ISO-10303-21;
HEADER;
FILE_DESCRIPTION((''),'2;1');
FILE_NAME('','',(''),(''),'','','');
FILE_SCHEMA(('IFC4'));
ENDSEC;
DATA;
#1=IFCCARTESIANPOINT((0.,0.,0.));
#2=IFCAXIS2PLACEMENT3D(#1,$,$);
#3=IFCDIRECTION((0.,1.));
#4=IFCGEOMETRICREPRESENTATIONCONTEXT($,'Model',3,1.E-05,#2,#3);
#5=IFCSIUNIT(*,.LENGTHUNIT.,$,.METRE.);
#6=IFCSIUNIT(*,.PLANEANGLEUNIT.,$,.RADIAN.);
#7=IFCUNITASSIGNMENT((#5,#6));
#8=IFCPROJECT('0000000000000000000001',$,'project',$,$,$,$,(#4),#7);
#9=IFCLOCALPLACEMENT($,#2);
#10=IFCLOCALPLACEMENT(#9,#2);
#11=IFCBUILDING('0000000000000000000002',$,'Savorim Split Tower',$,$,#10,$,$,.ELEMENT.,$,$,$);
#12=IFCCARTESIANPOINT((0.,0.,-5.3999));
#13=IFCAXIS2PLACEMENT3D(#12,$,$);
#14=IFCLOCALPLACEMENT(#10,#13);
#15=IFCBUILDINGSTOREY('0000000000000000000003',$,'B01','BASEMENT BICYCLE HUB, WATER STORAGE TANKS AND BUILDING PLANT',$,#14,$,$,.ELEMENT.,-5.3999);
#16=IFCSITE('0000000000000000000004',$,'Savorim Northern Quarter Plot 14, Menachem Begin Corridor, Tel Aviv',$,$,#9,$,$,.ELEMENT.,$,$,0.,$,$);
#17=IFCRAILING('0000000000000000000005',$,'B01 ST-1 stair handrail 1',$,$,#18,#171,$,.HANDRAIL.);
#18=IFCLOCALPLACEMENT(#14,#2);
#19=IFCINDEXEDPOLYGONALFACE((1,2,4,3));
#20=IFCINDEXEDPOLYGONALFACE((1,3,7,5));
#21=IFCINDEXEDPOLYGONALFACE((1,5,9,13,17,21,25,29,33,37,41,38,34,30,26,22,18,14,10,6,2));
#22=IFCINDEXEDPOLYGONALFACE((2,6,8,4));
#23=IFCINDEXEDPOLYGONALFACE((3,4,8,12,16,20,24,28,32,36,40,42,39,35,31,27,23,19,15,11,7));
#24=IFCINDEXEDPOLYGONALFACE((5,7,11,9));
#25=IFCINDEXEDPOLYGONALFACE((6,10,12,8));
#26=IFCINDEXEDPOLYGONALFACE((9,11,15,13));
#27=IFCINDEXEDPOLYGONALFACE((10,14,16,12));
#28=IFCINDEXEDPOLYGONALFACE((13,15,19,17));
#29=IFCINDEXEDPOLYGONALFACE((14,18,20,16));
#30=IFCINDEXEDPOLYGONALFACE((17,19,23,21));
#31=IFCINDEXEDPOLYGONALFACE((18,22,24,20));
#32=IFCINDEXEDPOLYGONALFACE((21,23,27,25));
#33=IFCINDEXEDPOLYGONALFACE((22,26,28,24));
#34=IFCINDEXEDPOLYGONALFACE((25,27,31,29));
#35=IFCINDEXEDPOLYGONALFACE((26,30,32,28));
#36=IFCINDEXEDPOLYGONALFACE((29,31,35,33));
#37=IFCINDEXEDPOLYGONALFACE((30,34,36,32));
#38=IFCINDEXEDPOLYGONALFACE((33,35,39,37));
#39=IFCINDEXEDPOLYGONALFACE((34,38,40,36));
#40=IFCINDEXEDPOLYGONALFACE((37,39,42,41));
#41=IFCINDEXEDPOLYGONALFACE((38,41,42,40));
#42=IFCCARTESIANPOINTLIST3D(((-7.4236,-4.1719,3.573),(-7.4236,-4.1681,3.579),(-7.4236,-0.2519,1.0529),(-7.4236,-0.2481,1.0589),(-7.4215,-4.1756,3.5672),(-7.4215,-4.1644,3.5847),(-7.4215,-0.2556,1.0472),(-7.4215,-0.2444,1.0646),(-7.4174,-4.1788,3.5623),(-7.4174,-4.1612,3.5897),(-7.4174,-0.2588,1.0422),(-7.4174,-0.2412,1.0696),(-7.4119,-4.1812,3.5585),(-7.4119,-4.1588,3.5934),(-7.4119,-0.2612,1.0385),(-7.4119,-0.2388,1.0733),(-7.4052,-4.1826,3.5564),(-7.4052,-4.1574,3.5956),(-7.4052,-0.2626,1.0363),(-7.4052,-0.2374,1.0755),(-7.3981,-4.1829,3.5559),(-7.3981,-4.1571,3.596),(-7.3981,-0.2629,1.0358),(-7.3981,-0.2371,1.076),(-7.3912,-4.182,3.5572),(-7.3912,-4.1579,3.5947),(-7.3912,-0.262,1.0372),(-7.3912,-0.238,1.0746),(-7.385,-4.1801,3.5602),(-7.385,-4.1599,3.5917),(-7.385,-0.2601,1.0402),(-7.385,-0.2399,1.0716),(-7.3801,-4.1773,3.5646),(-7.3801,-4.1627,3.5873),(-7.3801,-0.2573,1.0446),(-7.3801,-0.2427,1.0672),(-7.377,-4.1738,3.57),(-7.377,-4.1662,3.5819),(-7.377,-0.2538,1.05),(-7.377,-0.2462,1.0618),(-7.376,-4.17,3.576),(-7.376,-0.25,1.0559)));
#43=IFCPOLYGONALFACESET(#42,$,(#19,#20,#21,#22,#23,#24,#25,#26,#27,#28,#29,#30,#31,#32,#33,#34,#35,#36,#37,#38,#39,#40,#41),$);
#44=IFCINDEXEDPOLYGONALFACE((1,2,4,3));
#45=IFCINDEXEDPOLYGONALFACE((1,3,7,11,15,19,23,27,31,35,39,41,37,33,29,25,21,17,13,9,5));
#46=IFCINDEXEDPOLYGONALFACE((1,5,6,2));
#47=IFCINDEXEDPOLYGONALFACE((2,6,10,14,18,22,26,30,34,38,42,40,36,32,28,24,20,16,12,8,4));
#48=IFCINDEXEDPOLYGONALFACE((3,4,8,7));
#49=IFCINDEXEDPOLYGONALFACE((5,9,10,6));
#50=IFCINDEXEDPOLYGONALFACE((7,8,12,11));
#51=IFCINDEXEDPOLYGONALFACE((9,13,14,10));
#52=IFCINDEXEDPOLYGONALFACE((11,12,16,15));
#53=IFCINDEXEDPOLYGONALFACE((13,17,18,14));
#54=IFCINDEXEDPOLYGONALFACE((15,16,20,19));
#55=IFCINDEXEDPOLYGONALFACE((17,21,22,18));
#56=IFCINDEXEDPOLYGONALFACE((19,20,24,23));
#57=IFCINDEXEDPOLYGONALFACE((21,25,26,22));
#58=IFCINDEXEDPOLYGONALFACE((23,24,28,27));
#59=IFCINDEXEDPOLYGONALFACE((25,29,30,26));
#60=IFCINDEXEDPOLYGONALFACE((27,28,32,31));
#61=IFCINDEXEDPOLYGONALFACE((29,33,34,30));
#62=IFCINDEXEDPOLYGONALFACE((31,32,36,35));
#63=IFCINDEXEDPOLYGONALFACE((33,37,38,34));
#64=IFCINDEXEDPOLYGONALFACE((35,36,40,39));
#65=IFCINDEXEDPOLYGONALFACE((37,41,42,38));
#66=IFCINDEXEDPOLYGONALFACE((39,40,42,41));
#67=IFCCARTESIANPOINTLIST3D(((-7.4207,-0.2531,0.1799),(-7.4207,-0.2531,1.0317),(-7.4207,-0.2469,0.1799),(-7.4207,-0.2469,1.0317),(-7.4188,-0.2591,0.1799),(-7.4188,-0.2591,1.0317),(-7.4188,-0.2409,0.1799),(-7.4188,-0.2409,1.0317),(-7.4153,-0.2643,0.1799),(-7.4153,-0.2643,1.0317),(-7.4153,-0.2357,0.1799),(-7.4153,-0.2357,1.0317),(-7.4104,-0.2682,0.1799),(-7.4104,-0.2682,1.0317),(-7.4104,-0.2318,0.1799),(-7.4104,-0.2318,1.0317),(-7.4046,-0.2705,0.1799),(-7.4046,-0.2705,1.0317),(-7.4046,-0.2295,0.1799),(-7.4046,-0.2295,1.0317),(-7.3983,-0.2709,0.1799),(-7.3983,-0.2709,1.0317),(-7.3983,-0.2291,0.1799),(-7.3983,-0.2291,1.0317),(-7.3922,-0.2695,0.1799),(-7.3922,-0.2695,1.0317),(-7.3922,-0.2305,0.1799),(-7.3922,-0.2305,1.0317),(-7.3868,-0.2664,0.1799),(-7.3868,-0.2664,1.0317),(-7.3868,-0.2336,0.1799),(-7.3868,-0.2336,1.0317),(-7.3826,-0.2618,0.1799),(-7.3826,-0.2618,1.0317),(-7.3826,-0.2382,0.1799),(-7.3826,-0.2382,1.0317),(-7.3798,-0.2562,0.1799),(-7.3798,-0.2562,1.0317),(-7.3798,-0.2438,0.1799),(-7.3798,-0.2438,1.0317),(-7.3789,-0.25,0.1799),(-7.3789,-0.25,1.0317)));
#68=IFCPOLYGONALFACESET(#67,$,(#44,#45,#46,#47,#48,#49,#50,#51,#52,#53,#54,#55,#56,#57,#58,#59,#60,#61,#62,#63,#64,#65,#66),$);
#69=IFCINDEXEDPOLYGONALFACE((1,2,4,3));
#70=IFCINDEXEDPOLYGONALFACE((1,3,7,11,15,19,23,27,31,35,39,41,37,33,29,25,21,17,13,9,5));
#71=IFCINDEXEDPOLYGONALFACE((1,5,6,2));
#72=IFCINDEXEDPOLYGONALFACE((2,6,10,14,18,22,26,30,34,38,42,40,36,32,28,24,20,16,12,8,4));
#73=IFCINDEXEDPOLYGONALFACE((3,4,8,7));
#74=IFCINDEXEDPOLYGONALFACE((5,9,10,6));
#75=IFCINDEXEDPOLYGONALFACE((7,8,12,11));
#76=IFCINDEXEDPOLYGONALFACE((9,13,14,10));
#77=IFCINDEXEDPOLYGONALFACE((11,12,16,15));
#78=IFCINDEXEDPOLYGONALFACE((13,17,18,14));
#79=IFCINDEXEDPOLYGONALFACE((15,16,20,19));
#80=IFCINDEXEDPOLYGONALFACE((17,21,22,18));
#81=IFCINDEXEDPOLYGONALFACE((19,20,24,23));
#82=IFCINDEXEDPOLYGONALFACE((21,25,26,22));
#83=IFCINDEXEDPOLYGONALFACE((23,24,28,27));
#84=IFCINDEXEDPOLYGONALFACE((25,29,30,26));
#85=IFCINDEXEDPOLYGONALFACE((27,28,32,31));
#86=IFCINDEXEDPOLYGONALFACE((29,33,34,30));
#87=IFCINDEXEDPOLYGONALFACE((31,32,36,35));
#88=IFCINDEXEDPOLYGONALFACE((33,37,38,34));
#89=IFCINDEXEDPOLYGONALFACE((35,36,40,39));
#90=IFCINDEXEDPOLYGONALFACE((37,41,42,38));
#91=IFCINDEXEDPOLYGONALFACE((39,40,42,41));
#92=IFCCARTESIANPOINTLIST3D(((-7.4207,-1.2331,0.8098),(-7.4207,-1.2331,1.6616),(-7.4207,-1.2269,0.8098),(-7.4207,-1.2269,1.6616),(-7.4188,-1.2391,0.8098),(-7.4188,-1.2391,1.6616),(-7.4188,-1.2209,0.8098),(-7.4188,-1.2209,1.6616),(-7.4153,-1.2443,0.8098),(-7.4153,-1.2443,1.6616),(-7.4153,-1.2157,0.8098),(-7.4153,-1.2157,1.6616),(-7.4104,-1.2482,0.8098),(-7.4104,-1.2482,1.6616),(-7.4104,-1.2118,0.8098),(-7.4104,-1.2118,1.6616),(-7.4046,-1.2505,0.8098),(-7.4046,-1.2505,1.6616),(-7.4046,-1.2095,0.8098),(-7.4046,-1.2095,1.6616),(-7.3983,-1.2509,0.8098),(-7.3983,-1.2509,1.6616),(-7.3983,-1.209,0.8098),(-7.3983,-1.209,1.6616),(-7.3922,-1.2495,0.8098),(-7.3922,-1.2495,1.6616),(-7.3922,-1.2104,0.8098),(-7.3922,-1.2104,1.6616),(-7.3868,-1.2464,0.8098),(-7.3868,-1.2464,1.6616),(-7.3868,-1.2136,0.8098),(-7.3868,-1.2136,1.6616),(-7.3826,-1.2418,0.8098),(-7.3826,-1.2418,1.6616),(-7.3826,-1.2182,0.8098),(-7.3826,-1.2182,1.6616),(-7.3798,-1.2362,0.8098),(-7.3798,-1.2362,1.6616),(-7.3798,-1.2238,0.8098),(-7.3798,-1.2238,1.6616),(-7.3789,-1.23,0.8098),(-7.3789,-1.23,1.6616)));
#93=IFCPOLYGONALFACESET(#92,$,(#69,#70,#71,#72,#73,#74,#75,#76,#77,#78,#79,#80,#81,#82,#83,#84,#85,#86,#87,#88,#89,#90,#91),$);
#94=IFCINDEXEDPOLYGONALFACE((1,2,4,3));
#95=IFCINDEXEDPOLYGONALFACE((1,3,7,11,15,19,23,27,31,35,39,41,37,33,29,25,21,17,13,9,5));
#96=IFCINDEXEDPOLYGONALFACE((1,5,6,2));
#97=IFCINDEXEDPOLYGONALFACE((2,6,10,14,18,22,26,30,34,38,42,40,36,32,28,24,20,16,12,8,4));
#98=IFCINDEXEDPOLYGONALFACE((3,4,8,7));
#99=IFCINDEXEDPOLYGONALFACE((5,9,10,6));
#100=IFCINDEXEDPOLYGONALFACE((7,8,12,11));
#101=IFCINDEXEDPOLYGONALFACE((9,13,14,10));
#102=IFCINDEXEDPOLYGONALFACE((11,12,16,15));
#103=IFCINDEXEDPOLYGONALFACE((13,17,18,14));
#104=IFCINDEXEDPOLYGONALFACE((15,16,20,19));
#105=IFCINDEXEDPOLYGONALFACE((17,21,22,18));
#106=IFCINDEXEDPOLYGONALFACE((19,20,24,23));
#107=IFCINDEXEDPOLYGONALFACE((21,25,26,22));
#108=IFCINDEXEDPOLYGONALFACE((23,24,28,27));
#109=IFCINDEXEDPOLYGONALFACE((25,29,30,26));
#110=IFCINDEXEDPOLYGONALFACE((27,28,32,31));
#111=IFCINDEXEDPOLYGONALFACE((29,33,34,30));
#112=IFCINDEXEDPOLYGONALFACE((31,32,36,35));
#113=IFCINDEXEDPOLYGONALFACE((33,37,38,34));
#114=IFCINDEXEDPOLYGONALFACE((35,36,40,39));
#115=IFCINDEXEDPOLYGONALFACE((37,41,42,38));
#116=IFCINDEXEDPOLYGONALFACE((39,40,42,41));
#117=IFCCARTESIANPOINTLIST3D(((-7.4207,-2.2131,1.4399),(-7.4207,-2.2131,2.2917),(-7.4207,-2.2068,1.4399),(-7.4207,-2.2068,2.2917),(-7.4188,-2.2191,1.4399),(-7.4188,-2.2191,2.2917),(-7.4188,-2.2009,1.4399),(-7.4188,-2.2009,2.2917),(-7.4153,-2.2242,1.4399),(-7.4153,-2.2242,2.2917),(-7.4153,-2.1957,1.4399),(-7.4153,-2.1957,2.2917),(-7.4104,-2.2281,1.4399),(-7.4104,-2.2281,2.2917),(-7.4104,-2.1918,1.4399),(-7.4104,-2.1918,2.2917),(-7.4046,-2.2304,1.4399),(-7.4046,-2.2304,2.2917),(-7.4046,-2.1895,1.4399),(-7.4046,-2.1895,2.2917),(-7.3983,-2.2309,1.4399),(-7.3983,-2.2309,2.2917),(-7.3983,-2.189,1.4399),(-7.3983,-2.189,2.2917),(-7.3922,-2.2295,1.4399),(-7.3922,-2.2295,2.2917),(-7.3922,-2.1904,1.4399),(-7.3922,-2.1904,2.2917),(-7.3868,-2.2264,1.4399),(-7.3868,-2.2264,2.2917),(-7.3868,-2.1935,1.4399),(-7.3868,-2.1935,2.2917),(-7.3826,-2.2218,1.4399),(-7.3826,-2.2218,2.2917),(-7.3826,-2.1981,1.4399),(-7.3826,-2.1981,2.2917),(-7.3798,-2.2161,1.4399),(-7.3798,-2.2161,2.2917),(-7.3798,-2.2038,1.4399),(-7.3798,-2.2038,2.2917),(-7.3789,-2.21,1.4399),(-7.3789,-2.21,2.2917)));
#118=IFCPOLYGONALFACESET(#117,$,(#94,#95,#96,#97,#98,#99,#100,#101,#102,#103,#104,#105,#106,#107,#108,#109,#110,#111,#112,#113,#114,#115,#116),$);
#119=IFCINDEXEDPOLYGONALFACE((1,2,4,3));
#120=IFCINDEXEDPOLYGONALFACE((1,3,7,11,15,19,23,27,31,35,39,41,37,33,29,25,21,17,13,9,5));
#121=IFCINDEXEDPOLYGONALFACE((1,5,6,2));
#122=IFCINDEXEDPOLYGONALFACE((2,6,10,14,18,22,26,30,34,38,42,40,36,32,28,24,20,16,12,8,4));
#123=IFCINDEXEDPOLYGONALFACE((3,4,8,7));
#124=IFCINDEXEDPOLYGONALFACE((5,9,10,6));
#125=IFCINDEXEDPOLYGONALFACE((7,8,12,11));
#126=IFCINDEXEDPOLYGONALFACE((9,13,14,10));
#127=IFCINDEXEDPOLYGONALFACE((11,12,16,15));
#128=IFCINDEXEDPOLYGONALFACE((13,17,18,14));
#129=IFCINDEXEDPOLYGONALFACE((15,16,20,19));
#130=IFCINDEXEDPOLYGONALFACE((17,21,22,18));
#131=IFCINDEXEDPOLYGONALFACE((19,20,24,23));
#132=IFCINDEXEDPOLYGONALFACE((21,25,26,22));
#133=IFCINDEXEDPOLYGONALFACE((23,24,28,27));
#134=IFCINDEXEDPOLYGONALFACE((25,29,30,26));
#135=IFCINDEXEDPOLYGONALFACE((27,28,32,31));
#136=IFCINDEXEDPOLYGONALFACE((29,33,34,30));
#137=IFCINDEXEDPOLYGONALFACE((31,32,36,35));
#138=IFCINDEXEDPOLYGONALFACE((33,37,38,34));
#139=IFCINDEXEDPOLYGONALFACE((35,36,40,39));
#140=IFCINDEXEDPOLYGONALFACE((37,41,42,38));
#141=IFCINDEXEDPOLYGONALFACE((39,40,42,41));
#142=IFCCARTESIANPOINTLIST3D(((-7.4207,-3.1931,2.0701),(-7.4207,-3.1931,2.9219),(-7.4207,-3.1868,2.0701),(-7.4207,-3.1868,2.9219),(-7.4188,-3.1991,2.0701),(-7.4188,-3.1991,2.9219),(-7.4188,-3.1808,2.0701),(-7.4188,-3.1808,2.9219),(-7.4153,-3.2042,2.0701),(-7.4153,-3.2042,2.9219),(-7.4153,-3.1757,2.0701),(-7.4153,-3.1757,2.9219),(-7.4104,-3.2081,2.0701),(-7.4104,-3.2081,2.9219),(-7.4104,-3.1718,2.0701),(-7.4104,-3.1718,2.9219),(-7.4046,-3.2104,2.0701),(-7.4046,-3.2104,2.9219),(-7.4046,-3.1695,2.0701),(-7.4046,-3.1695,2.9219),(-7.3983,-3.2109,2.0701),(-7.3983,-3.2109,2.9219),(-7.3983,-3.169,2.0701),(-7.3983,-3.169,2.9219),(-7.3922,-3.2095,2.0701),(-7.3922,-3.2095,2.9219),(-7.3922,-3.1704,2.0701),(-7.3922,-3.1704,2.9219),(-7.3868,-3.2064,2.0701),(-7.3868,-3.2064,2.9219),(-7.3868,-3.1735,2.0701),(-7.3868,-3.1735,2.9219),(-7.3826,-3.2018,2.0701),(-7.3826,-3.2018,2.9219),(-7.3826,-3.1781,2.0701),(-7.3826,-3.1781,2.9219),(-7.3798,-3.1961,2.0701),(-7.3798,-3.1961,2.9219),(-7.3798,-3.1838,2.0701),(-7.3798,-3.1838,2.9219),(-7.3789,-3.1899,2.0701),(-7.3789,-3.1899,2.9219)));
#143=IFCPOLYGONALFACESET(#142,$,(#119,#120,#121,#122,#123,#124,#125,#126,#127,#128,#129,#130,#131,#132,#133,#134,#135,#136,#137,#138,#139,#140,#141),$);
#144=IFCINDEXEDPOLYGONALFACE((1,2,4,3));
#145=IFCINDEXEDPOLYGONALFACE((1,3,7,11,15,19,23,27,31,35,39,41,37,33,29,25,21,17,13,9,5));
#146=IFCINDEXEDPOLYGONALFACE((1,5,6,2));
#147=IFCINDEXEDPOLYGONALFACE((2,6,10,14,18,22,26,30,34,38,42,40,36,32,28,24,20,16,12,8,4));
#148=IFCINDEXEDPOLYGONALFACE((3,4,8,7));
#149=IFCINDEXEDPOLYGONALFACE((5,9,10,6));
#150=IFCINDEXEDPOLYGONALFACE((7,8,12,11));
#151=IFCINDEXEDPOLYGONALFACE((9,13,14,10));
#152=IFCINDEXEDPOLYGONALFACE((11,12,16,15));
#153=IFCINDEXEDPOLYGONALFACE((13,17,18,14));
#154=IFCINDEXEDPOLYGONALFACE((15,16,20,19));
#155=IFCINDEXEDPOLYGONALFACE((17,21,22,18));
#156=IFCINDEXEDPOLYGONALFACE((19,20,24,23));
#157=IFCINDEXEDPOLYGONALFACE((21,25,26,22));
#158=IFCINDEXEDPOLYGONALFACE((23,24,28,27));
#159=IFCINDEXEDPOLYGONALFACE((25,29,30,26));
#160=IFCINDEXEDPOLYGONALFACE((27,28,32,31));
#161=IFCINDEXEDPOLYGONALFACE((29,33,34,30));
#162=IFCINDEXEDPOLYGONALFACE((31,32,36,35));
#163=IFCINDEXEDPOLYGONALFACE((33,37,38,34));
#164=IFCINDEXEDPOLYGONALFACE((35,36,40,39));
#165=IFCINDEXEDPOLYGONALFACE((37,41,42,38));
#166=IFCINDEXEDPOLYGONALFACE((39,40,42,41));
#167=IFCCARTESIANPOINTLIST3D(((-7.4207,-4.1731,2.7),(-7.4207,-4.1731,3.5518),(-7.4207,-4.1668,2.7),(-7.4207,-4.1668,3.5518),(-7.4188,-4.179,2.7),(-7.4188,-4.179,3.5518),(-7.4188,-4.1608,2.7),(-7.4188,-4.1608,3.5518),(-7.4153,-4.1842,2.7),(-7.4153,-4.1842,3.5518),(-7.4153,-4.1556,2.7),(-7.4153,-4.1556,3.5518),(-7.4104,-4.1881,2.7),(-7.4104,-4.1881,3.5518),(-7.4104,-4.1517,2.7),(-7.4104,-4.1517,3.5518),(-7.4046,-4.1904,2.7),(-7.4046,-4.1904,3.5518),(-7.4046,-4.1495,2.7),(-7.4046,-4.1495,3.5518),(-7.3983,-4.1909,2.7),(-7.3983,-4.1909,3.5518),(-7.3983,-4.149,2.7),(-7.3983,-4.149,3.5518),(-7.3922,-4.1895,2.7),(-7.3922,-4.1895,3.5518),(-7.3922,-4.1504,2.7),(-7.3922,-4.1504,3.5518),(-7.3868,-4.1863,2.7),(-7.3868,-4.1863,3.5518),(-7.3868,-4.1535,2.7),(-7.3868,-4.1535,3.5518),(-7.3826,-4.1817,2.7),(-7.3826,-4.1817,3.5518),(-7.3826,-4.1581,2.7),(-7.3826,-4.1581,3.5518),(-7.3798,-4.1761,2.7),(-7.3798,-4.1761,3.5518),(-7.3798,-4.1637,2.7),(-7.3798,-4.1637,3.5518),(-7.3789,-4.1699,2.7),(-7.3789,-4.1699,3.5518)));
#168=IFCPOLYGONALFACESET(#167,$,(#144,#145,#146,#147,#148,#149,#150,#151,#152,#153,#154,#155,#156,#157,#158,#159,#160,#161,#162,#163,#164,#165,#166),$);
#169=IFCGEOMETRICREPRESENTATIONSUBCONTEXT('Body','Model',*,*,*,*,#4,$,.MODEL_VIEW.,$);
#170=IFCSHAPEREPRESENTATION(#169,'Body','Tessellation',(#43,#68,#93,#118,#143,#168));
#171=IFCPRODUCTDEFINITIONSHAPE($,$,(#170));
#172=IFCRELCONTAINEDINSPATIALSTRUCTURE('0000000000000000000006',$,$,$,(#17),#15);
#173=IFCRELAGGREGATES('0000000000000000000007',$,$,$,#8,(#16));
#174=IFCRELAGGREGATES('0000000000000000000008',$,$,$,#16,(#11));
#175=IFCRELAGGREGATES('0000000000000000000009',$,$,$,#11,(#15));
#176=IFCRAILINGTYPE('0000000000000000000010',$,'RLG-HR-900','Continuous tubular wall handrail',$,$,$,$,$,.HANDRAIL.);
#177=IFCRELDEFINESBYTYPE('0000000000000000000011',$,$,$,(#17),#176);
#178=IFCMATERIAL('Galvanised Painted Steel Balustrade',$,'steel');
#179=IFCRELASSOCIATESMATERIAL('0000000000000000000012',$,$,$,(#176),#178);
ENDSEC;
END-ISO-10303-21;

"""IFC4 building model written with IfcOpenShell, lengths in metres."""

from ifc_helpers import new_model, si_unit, direction, frame, origin, origin_2d, place, context, subcontext, project, spatial, circle, extrude, material, type_object, element, save


model = new_model("IFC4")

# Units and contexts
model_context = context("Model", 3, precision=1e-05, world=origin(), true_north=direction((0.0, 1.0)))
body_context = subcontext(model_context, "Body", "Model", "MODEL_VIEW")
ifc_project = project(units=[si_unit("LENGTHUNIT", "METRE"), si_unit("PLANEANGLEUNIT", "RADIAN")], contexts=[model_context])

# Site, building, storey
site_placement = place(None, origin())
site = spatial("IfcSite", under=ifc_project, at=site_placement, Name="Savorim Northern Quarter Plot 14, Menachem Begin Corridor, Tel Aviv", CompositionType="ELEMENT", RefElevation=0.0)
building_placement = place(site_placement, origin())
building = spatial("IfcBuilding", under=site, at=building_placement, Name="Savorim Split Tower", CompositionType="ELEMENT")
storey_placement = place(building_placement, frame((0.0, 0.0, -5.3999)))
storey = spatial("IfcBuildingStorey", under=building, at=storey_placement, Name="B01", Description="BASEMENT BICYCLE HUB, WATER STORAGE TANKS AND BUILDING PLANT", CompositionType="ELEMENT", Elevation=-5.3999)

# Railing
ifc_material_1 = material(Name="Galvanised Painted Steel Balustrade", Category="steel")
railing_type_1 = type_object("IfcRailingType", Name="RLG-HR-900", Description="Continuous tubular wall handrail", PredefinedType="HANDRAIL", material=ifc_material_1)
railing_1_placement = place(storey_placement, frame((-7.3999, -0.25, 0.1799)))
element("IfcRailing", 1, at=railing_1_placement, inside=storey, type_object=railing_type_1, Name="B01 ST-1 stair handrail 1", PredefinedType="HANDRAIL", context=body_context, shape_type="SweptSolid", body=[
    extrude(circle(Radius=0.0239, at=origin_2d()), frame((0.0, 0.0, 0.876), z_axis=(0.0, -0.841172, 0.540768), x_axis=(1.0, 0.0, 0.0)), (0.0, 0.0, 1.0), 4.6602),
    extrude(circle(Radius=0.021, at=origin_2d()), origin(), (0.0, 0.0, 1.0), 0.8518),
    extrude(circle(Radius=0.021, at=origin_2d()), frame((0.0, -0.98, 0.6299)), (0.0, 0.0, 1.0), 0.8518),
    extrude(circle(Radius=0.021, at=origin_2d()), frame((0.0, -1.96, 1.26)), (0.0, 0.0, 1.0), 0.8518),
    extrude(circle(Radius=0.021, at=origin_2d()), frame((0.0, -2.9399, 1.8901)), (0.0, 0.0, 1.0), 0.8518),
    extrude(circle(Radius=0.021, at=origin_2d()), frame((0.0, -3.9199, 2.52)), (0.0, 0.0, 1.0), 0.8518),
])

save(model, "model.ifc")
